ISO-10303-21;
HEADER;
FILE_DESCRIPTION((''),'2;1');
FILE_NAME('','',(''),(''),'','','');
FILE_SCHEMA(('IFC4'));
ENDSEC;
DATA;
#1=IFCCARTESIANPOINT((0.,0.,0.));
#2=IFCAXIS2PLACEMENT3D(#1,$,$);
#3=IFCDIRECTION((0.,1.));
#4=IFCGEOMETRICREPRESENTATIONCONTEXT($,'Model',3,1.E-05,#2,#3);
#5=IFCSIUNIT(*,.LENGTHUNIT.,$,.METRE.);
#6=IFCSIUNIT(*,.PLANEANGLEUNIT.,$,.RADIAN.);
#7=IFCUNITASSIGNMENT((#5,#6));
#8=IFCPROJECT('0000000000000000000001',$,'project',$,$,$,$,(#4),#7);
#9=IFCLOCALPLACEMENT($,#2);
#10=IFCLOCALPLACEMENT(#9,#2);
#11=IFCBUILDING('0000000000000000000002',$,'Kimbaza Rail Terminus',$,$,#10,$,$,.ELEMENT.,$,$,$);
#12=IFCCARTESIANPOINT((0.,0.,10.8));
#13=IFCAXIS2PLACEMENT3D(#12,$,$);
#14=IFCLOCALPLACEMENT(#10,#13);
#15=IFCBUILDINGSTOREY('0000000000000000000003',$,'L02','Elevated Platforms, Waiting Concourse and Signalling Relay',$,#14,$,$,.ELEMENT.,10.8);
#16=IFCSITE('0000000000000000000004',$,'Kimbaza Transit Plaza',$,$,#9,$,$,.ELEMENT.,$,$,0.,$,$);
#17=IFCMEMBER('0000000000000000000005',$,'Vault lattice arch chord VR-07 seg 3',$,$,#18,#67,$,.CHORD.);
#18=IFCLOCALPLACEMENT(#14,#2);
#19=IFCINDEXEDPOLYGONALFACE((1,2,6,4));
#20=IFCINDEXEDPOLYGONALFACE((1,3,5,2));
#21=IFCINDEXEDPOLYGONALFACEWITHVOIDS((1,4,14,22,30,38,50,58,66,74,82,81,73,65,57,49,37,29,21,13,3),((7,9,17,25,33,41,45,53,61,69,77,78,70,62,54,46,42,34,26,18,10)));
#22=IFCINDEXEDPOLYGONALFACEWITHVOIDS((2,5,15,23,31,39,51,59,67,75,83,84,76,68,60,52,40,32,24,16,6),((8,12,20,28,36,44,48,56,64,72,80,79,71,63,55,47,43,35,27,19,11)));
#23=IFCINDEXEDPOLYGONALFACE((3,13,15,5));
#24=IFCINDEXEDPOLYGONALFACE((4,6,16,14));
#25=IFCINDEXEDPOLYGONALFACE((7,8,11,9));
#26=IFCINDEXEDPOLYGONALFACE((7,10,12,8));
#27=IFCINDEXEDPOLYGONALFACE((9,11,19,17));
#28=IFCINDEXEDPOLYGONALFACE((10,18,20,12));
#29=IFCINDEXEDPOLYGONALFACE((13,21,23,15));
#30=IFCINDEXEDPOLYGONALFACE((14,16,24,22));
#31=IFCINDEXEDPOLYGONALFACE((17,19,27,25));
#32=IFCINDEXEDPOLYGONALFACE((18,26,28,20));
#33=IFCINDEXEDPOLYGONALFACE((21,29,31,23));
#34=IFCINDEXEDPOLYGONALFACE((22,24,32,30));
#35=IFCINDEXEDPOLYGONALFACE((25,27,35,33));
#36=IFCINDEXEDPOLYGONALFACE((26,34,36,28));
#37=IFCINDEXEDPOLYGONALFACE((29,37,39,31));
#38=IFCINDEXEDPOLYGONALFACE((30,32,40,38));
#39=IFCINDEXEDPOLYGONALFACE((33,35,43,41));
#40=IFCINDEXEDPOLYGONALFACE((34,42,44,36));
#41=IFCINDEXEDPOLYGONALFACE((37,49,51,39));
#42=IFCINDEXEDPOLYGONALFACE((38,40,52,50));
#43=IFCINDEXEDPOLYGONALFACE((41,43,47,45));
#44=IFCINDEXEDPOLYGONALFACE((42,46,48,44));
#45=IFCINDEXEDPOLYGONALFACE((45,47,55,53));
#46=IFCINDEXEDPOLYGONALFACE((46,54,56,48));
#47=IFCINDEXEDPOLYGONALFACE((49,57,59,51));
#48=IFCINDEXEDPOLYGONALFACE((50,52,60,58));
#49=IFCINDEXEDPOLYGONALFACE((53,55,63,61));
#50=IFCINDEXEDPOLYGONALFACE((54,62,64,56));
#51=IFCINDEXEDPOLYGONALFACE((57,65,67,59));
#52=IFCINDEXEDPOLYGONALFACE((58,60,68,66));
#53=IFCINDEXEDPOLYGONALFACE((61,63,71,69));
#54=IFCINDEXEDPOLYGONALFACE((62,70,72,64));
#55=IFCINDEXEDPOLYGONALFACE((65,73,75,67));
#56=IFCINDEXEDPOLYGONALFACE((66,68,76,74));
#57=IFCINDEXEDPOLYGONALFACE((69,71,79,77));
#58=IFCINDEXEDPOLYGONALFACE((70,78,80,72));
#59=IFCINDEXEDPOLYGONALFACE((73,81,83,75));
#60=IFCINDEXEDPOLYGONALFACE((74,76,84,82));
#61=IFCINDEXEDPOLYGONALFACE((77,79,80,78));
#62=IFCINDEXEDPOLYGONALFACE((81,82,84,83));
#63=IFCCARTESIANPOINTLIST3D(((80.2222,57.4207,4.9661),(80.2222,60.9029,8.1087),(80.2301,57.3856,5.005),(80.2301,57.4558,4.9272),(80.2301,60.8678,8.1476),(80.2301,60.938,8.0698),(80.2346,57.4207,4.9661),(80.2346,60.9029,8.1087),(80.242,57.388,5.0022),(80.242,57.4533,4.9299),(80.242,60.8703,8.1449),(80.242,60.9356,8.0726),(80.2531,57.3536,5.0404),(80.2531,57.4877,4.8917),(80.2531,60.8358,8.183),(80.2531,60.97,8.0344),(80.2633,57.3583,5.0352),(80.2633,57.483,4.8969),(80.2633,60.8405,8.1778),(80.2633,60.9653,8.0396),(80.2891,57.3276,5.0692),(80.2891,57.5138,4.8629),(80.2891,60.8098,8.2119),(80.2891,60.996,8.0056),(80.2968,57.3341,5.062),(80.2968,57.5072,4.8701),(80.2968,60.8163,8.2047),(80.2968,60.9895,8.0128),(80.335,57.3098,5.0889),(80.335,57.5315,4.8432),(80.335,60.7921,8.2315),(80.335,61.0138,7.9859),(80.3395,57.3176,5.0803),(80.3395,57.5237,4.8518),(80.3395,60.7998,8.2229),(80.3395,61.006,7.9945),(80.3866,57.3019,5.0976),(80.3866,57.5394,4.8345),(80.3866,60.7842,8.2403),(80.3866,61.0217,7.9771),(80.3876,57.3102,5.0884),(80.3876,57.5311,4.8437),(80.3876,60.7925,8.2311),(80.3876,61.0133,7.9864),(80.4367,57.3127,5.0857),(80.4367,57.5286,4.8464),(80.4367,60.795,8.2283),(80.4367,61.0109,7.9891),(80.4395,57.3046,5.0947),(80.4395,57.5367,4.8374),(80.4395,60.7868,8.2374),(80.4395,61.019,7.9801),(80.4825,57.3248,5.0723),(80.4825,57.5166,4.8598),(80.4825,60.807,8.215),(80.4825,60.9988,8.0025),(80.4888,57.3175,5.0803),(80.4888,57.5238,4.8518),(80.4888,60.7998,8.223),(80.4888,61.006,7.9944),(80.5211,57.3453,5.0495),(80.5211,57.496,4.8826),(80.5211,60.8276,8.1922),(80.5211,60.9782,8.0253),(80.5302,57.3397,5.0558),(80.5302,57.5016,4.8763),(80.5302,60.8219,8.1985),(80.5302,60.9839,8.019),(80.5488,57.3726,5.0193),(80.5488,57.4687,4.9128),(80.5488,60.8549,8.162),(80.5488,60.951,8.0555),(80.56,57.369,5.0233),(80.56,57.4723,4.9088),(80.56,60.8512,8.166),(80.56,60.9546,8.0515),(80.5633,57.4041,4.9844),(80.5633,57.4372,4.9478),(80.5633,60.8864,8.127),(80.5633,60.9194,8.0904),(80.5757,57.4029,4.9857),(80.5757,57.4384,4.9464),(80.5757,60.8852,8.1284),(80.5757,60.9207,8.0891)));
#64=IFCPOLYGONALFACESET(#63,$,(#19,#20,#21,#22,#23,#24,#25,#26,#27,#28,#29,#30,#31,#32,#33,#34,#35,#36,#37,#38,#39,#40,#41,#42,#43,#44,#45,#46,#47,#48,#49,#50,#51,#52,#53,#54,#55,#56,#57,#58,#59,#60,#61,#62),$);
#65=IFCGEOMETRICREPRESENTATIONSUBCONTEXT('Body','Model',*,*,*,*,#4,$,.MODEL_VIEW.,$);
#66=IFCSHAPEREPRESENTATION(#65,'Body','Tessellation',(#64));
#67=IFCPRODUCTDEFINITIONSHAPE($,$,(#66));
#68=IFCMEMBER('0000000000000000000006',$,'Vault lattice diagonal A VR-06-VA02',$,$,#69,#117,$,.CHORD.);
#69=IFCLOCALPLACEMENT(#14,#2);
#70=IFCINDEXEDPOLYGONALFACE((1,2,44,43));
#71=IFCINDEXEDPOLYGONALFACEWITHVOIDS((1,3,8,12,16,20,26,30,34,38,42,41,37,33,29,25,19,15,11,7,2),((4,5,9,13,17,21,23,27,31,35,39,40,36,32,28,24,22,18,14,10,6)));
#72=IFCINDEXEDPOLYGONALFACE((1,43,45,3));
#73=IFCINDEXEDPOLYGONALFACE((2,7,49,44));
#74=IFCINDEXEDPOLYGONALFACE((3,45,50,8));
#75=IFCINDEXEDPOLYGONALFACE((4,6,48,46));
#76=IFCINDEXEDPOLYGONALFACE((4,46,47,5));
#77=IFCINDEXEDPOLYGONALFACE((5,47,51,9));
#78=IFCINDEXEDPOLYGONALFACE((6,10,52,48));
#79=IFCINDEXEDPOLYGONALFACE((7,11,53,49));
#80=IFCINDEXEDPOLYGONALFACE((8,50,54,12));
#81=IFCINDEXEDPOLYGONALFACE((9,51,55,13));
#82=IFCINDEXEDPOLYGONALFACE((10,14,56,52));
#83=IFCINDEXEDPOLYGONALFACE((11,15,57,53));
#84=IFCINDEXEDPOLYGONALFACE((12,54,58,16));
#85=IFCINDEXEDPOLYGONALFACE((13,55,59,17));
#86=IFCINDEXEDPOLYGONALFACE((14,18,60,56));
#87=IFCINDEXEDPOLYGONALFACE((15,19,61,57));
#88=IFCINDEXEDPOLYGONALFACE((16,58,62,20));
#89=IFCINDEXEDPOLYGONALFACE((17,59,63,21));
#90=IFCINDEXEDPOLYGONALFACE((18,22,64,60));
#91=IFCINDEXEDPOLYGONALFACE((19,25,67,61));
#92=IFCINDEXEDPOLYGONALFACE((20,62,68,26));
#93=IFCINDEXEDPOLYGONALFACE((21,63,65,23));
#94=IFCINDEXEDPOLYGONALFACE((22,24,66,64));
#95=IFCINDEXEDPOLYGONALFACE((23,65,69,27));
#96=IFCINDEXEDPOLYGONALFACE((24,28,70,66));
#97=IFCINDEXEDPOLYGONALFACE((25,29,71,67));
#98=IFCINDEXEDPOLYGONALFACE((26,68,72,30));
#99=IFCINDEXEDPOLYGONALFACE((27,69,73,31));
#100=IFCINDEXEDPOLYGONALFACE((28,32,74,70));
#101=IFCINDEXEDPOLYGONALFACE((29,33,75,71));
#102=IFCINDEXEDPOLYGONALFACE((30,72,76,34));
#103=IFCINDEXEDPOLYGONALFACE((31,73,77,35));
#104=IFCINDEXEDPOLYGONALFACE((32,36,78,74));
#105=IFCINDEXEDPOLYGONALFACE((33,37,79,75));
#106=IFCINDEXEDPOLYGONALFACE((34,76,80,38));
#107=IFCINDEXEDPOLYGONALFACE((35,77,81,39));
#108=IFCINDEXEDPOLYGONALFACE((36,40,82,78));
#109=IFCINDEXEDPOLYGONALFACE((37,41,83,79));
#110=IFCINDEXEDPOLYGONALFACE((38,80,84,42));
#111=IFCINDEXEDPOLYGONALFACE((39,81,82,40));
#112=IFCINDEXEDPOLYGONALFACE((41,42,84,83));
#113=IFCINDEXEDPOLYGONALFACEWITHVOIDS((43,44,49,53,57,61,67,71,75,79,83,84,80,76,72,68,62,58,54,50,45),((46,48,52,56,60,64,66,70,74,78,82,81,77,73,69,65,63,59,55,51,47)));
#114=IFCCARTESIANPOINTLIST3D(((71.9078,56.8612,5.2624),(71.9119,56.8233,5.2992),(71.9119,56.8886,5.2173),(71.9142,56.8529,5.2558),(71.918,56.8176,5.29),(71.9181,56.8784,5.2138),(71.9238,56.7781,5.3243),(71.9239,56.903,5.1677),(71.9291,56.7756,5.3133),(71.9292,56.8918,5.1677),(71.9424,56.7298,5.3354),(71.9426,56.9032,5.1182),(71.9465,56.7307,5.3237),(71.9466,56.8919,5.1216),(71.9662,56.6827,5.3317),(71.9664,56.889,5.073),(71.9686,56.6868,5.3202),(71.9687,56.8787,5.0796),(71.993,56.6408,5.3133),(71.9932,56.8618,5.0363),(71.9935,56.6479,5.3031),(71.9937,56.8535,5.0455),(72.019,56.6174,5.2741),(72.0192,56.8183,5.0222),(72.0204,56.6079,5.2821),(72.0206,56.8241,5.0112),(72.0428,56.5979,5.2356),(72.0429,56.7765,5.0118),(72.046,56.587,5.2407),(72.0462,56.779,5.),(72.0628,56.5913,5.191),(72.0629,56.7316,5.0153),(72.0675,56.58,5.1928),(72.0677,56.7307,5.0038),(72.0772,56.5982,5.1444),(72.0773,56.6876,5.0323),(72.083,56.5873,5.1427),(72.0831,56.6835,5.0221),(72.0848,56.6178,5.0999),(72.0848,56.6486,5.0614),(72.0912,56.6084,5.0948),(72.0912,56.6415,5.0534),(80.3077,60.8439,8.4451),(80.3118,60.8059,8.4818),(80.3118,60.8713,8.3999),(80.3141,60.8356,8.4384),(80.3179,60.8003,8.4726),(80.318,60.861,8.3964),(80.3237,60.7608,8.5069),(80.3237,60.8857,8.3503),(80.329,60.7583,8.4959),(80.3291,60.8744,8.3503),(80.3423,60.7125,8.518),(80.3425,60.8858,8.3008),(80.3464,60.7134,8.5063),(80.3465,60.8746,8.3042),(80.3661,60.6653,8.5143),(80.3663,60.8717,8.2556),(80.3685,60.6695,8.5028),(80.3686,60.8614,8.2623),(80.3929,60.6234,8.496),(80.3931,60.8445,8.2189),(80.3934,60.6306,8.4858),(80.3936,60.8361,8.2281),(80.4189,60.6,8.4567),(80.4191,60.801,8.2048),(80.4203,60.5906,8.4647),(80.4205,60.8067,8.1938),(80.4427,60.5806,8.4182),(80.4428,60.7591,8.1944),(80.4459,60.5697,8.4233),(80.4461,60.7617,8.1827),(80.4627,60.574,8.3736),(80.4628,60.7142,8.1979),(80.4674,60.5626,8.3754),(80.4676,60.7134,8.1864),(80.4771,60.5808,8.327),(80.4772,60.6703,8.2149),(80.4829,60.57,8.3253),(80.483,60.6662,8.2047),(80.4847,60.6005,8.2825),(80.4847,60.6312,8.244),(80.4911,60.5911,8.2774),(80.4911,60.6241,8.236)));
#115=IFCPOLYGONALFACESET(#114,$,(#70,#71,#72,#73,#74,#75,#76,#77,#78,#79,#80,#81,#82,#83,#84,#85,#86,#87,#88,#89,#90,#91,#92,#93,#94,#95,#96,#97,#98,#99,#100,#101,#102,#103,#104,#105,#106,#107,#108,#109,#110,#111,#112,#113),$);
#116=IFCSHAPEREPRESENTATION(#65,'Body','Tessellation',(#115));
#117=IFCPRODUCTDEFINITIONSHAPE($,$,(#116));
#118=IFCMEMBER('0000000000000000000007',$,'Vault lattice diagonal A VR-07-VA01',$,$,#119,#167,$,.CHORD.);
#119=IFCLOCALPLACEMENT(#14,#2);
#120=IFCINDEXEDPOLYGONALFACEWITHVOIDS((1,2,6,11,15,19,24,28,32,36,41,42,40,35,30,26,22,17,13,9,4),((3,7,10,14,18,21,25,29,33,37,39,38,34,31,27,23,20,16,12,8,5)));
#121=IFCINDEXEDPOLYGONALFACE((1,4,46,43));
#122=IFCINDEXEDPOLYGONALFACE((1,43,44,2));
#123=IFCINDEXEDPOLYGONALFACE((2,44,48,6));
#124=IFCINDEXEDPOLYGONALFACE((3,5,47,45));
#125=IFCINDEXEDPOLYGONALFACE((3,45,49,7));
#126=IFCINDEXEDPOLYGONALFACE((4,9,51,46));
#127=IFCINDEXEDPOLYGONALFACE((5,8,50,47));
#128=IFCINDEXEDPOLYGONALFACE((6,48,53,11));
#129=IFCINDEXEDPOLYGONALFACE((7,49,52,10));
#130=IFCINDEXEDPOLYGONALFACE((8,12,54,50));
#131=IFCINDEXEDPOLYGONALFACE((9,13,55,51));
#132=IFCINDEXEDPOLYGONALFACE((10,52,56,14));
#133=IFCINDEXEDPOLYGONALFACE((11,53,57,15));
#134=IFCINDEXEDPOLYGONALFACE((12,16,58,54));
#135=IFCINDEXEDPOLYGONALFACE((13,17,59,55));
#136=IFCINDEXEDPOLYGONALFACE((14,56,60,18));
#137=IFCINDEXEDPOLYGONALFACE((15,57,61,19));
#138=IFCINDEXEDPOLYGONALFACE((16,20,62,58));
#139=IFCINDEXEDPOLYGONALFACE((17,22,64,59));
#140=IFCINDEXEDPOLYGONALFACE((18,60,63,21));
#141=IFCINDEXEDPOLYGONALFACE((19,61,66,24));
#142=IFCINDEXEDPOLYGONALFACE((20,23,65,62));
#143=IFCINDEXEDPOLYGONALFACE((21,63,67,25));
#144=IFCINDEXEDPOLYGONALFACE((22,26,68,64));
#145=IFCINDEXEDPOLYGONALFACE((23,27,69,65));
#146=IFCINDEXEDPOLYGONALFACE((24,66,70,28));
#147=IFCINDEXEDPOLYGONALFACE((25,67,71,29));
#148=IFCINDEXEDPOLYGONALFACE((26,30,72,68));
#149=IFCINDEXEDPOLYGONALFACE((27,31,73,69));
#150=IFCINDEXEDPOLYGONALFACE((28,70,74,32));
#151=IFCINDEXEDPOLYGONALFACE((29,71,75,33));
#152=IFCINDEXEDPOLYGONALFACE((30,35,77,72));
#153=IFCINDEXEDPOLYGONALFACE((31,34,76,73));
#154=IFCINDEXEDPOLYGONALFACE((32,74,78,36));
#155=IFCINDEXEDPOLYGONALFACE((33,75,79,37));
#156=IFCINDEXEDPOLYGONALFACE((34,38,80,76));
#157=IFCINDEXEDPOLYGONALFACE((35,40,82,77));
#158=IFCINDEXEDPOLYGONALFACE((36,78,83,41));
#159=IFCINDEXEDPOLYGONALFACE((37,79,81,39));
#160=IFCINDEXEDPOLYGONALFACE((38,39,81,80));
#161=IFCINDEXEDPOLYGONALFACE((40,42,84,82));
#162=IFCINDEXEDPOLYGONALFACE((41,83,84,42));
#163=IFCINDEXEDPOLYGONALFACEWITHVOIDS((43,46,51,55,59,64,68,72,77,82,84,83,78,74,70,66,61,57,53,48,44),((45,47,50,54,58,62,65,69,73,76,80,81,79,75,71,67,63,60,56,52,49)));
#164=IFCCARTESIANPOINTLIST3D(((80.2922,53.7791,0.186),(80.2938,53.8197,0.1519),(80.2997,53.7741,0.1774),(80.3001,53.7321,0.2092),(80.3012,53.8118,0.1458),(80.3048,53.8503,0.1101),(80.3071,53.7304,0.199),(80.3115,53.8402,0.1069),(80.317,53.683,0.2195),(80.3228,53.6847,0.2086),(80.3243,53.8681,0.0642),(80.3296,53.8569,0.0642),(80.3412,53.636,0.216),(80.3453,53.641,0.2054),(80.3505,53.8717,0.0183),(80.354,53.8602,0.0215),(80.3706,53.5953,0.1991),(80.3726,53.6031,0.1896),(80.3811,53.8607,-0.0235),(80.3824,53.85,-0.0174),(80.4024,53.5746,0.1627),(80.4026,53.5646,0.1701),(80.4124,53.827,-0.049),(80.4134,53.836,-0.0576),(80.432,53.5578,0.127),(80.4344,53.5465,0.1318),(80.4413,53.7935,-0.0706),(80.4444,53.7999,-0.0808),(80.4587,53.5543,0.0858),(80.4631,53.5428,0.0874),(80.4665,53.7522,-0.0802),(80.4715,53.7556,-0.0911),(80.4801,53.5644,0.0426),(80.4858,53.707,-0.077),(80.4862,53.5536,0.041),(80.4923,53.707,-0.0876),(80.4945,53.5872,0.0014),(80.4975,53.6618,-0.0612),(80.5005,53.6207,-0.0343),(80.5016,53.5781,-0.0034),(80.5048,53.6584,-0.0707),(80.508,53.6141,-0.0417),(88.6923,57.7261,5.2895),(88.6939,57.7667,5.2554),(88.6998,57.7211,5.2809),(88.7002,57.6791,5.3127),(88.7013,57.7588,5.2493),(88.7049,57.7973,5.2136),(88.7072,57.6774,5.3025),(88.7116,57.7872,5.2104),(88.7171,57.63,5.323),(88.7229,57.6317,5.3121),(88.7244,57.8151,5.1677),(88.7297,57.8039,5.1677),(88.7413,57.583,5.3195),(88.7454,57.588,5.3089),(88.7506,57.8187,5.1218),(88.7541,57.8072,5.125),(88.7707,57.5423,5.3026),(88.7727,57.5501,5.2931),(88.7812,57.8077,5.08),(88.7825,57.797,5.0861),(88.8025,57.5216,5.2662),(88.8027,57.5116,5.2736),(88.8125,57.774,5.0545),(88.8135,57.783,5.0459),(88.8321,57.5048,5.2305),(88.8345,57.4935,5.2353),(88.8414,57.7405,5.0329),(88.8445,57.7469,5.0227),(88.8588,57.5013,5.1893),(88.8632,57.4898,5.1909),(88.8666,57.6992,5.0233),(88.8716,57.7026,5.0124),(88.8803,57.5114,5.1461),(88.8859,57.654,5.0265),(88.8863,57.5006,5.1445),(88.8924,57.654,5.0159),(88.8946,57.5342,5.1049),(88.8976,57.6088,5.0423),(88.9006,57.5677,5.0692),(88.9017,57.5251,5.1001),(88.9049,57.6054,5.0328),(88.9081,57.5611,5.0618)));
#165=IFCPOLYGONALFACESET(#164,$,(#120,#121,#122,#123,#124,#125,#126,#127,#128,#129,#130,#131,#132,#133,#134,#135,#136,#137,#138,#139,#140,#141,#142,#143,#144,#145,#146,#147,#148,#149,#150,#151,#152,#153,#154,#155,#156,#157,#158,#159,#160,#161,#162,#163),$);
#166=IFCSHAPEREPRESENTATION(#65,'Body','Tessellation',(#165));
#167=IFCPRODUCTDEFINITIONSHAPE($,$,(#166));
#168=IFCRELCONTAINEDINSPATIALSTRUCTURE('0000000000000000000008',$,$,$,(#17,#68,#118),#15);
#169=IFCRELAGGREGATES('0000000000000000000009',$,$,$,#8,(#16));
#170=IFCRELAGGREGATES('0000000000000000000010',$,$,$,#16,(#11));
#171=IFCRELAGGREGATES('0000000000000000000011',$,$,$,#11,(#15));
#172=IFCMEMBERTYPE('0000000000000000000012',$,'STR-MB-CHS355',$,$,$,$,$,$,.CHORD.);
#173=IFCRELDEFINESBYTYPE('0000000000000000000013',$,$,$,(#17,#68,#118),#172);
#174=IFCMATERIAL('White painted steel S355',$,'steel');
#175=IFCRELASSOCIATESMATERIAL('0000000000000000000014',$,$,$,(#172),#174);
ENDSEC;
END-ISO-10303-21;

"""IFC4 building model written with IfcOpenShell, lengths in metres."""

from ifc_helpers import new_model, si_unit, direction, frame, origin, origin_2d, place, context, subcontext, project, spatial, hollow_circle, extrude, material, material_profile, profile_set, type_object, element, save


model = new_model("IFC4")

# Units and contexts
model_context = context("Model", 3, precision=1e-05, world=origin(), true_north=direction((0.0, 1.0)))
body_context = subcontext(model_context, "Body", "Model", "MODEL_VIEW")
ifc_project = project(units=[si_unit("LENGTHUNIT", "METRE"), si_unit("PLANEANGLEUNIT", "RADIAN")], contexts=[model_context])

# Site, building, storey
site_placement = place(None, origin())
site = spatial("IfcSite", under=ifc_project, at=site_placement, Name="Kimbaza Transit Plaza", CompositionType="ELEMENT", RefElevation=0.0)
building_placement = place(site_placement, origin())
building = spatial("IfcBuilding", under=site, at=building_placement, Name="Kimbaza Rail Terminus", CompositionType="ELEMENT")
storey_placement = place(building_placement, frame((0.0, 0.0, 10.8)))
storey = spatial("IfcBuildingStorey", under=building, at=storey_placement, Name="L02", Description="Elevated Platforms, Waiting Concourse and Signalling Relay", CompositionType="ELEMENT", Elevation=10.8)

# Members
ifc_material_1 = material(Name="White painted steel S355", Category="steel")
ifc_material_profile_1 = material_profile(ifc_material_1, hollow_circle(Radius=0.1777, WallThickness=0.0125, at=origin_2d()), Name="CHS 355.6x12.5")
ifc_profile_set_1 = profile_set([ifc_material_profile_1], Name="White painted steel S355")
member_type_1 = type_object("IfcMemberType", Name="STR-MB-CHS355", PredefinedType="CHORD", material=ifc_profile_set_1)
member_1_placement = place(storey_placement, frame((80.3999, 57.4207, 4.9661), z_axis=(0.0, 0.74238, 0.669979), x_axis=(-1.0, 0.0, 0.0)))
element("IfcMember", 1, at=member_1_placement, inside=storey, type_object=member_type_1, Name="Vault lattice arch chord VR-07 seg 3", PredefinedType="CHORD", context=body_context, shape_type="SweptSolid", body=[
    extrude(hollow_circle(Radius=0.1777, WallThickness=0.0125, at=origin_2d()), origin(), (0.0, 0.0, 1.0), 4.6907),
])
member_2_placement = place(storey_placement, frame((72.0, 56.7424, 5.1677), z_axis=(0.85487, 0.405322, 0.3239), x_axis=(-0.428417, 0.903581, 0.0)))
element("IfcMember", 2, at=member_2_placement, inside=storey, type_object=member_type_1, Name="Vault lattice diagonal A VR-06-VA02", PredefinedType="CHORD", context=body_context, shape_type="SweptSolid", body=[
    extrude(hollow_circle(Radius=0.1777, WallThickness=0.0125, at=origin_2d()), origin(), (0.0, 0.0, 1.0), 9.8259),
])
member_3_placement = place(storey_placement, frame((80.3999, 53.7073, 0.0642), z_axis=(0.793076, 0.372647, 0.481834), x_axis=(-0.425269, 0.905067, 0.0)))
element("IfcMember", 3, at=member_3_placement, inside=storey, type_object=member_type_1, Name="Vault lattice diagonal A VR-07-VA01", PredefinedType="CHORD", context=body_context, shape_type="SweptSolid", body=[
    extrude(hollow_circle(Radius=0.1777, WallThickness=0.0125, at=origin_2d()), origin(), (0.0, 0.0, 1.0), 10.5918),
])

save(model, "model.ifc")
